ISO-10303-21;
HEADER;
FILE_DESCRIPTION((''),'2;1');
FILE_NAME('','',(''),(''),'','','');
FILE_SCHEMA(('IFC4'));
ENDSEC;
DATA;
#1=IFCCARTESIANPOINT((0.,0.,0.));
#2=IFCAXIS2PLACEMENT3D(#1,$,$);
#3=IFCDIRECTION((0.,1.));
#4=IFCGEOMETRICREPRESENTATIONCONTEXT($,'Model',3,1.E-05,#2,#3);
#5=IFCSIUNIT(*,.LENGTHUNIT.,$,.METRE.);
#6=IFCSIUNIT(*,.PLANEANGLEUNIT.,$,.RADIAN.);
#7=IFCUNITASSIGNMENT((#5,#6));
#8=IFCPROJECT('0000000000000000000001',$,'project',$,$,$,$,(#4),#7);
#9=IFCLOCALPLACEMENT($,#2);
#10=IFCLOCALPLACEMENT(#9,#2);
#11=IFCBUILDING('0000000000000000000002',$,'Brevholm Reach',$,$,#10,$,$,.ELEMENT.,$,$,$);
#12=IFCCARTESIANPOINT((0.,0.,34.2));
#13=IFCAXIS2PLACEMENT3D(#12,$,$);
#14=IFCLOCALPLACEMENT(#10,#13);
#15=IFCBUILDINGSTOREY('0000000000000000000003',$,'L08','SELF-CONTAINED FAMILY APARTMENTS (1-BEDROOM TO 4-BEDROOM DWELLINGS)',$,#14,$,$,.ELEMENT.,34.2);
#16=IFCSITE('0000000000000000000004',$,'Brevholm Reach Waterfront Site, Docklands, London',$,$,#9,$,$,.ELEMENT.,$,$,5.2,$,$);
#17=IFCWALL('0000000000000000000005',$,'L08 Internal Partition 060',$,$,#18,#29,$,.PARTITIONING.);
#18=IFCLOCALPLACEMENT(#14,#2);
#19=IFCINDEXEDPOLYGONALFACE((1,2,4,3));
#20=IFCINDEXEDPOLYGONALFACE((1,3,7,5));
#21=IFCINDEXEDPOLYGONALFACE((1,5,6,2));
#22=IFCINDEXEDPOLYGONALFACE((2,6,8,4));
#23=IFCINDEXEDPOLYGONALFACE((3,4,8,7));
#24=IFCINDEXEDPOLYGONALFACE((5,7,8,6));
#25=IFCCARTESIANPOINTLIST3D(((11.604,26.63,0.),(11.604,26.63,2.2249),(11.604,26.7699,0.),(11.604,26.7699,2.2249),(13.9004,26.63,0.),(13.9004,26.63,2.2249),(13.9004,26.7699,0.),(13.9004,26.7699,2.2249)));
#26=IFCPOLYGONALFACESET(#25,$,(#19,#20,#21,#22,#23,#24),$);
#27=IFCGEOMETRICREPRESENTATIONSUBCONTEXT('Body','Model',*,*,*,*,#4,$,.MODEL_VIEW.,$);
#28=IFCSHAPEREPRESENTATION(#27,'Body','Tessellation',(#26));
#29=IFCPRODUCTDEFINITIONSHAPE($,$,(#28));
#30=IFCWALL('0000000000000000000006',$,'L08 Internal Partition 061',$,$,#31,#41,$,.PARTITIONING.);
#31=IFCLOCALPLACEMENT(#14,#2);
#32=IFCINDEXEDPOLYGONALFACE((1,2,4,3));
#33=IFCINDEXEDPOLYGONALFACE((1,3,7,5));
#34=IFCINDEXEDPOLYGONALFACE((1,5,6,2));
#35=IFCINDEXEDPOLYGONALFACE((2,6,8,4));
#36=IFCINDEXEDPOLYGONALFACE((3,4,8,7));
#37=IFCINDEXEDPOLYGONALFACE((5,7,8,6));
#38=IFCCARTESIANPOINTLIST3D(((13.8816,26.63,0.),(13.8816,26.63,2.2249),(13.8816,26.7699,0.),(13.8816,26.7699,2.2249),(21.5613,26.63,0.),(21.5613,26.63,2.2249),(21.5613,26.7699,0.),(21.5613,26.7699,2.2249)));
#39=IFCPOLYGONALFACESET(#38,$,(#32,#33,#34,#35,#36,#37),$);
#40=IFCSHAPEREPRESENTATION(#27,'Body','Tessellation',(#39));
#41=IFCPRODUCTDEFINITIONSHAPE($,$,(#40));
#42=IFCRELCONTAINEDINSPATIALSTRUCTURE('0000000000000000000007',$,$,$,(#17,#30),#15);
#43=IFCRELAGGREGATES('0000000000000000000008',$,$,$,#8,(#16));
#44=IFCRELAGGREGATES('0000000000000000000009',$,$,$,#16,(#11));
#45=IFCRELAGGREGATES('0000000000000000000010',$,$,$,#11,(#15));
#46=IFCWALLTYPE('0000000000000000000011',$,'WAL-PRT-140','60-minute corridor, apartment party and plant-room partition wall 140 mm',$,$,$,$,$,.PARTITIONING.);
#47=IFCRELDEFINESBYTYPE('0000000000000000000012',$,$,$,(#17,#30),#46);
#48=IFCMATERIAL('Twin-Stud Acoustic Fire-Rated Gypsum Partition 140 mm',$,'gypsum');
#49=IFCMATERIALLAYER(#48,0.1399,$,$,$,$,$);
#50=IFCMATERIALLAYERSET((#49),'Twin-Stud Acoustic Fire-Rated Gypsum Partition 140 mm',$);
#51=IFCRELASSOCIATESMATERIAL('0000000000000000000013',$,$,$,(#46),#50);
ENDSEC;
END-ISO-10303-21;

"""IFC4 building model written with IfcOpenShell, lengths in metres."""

from ifc_helpers import new_model, si_unit, direction, frame, frame_2d, origin, place, context, subcontext, project, spatial, rectangle, extrude, material, layer, layer_set, type_object, element, save


model = new_model("IFC4")

# Units and contexts
model_context = context("Model", 3, precision=1e-05, world=origin(), true_north=direction((0.0, 1.0)))
body_context = subcontext(model_context, "Body", "Model", "MODEL_VIEW")
ifc_project = project(units=[si_unit("LENGTHUNIT", "METRE"), si_unit("PLANEANGLEUNIT", "RADIAN")], contexts=[model_context])

# Site, building, storey
site_placement = place(None, origin())
site = spatial("IfcSite", under=ifc_project, at=site_placement, Name="Brevholm Reach Waterfront Site, Docklands, London", CompositionType="ELEMENT", RefElevation=5.2)
building_placement = place(site_placement, origin())
building = spatial("IfcBuilding", under=site, at=building_placement, Name="Brevholm Reach", CompositionType="ELEMENT")
storey_placement = place(building_placement, frame((0.0, 0.0, 34.2)))
storey = spatial("IfcBuildingStorey", under=building, at=storey_placement, Name="L08", Description="SELF-CONTAINED FAMILY APARTMENTS (1-BEDROOM TO 4-BEDROOM DWELLINGS)", CompositionType="ELEMENT", Elevation=34.2)

# Shared definitions
ifc_material_1 = material(Name="Twin-Stud Acoustic Fire-Rated Gypsum Partition 140 mm", Category="gypsum")
ifc_layer_1 = layer(ifc_material_1, 0.1399)
ifc_layer_set_1 = layer_set([ifc_layer_1], Name="Twin-Stud Acoustic Fire-Rated Gypsum Partition 140 mm")
wall_type_1 = type_object("IfcWallType", Name="WAL-PRT-140", Description="60-minute corridor, apartment party and plant-room partition wall 140 mm", PredefinedType="PARTITIONING", material=ifc_layer_set_1)

# Walls
wall_1_placement = place(storey_placement, frame((11.604, 26.7, 0.0), z_axis=(0.0, 0.0, 1.0), x_axis=(1.0, 0.0, 0.0)))
element("IfcWall", 1, at=wall_1_placement, inside=storey, type_object=wall_type_1, Name="L08 Internal Partition 060", PredefinedType="PARTITIONING", context=body_context, shape_type="SweptSolid", body=[
    extrude(rectangle(XDim=2.2964, YDim=0.1399, at=frame_2d((1.1482, 0.0))), origin(), (0.0, 0.0, 1.0), 2.2249),
])
wall_2_placement = place(storey_placement, frame((13.8816, 26.7, 0.0), z_axis=(0.0, 0.0, 1.0), x_axis=(1.0, 0.0, 0.0)))
element("IfcWall", 2, at=wall_2_placement, inside=storey, type_object=wall_type_1, Name="L08 Internal Partition 061", PredefinedType="PARTITIONING", context=body_context, shape_type="SweptSolid", body=[
    extrude(rectangle(XDim=7.6797, YDim=0.1399, at=frame_2d((3.8398, 0.0))), origin(), (0.0, 0.0, 1.0), 2.2249),
])

save(model, "model.ifc")
